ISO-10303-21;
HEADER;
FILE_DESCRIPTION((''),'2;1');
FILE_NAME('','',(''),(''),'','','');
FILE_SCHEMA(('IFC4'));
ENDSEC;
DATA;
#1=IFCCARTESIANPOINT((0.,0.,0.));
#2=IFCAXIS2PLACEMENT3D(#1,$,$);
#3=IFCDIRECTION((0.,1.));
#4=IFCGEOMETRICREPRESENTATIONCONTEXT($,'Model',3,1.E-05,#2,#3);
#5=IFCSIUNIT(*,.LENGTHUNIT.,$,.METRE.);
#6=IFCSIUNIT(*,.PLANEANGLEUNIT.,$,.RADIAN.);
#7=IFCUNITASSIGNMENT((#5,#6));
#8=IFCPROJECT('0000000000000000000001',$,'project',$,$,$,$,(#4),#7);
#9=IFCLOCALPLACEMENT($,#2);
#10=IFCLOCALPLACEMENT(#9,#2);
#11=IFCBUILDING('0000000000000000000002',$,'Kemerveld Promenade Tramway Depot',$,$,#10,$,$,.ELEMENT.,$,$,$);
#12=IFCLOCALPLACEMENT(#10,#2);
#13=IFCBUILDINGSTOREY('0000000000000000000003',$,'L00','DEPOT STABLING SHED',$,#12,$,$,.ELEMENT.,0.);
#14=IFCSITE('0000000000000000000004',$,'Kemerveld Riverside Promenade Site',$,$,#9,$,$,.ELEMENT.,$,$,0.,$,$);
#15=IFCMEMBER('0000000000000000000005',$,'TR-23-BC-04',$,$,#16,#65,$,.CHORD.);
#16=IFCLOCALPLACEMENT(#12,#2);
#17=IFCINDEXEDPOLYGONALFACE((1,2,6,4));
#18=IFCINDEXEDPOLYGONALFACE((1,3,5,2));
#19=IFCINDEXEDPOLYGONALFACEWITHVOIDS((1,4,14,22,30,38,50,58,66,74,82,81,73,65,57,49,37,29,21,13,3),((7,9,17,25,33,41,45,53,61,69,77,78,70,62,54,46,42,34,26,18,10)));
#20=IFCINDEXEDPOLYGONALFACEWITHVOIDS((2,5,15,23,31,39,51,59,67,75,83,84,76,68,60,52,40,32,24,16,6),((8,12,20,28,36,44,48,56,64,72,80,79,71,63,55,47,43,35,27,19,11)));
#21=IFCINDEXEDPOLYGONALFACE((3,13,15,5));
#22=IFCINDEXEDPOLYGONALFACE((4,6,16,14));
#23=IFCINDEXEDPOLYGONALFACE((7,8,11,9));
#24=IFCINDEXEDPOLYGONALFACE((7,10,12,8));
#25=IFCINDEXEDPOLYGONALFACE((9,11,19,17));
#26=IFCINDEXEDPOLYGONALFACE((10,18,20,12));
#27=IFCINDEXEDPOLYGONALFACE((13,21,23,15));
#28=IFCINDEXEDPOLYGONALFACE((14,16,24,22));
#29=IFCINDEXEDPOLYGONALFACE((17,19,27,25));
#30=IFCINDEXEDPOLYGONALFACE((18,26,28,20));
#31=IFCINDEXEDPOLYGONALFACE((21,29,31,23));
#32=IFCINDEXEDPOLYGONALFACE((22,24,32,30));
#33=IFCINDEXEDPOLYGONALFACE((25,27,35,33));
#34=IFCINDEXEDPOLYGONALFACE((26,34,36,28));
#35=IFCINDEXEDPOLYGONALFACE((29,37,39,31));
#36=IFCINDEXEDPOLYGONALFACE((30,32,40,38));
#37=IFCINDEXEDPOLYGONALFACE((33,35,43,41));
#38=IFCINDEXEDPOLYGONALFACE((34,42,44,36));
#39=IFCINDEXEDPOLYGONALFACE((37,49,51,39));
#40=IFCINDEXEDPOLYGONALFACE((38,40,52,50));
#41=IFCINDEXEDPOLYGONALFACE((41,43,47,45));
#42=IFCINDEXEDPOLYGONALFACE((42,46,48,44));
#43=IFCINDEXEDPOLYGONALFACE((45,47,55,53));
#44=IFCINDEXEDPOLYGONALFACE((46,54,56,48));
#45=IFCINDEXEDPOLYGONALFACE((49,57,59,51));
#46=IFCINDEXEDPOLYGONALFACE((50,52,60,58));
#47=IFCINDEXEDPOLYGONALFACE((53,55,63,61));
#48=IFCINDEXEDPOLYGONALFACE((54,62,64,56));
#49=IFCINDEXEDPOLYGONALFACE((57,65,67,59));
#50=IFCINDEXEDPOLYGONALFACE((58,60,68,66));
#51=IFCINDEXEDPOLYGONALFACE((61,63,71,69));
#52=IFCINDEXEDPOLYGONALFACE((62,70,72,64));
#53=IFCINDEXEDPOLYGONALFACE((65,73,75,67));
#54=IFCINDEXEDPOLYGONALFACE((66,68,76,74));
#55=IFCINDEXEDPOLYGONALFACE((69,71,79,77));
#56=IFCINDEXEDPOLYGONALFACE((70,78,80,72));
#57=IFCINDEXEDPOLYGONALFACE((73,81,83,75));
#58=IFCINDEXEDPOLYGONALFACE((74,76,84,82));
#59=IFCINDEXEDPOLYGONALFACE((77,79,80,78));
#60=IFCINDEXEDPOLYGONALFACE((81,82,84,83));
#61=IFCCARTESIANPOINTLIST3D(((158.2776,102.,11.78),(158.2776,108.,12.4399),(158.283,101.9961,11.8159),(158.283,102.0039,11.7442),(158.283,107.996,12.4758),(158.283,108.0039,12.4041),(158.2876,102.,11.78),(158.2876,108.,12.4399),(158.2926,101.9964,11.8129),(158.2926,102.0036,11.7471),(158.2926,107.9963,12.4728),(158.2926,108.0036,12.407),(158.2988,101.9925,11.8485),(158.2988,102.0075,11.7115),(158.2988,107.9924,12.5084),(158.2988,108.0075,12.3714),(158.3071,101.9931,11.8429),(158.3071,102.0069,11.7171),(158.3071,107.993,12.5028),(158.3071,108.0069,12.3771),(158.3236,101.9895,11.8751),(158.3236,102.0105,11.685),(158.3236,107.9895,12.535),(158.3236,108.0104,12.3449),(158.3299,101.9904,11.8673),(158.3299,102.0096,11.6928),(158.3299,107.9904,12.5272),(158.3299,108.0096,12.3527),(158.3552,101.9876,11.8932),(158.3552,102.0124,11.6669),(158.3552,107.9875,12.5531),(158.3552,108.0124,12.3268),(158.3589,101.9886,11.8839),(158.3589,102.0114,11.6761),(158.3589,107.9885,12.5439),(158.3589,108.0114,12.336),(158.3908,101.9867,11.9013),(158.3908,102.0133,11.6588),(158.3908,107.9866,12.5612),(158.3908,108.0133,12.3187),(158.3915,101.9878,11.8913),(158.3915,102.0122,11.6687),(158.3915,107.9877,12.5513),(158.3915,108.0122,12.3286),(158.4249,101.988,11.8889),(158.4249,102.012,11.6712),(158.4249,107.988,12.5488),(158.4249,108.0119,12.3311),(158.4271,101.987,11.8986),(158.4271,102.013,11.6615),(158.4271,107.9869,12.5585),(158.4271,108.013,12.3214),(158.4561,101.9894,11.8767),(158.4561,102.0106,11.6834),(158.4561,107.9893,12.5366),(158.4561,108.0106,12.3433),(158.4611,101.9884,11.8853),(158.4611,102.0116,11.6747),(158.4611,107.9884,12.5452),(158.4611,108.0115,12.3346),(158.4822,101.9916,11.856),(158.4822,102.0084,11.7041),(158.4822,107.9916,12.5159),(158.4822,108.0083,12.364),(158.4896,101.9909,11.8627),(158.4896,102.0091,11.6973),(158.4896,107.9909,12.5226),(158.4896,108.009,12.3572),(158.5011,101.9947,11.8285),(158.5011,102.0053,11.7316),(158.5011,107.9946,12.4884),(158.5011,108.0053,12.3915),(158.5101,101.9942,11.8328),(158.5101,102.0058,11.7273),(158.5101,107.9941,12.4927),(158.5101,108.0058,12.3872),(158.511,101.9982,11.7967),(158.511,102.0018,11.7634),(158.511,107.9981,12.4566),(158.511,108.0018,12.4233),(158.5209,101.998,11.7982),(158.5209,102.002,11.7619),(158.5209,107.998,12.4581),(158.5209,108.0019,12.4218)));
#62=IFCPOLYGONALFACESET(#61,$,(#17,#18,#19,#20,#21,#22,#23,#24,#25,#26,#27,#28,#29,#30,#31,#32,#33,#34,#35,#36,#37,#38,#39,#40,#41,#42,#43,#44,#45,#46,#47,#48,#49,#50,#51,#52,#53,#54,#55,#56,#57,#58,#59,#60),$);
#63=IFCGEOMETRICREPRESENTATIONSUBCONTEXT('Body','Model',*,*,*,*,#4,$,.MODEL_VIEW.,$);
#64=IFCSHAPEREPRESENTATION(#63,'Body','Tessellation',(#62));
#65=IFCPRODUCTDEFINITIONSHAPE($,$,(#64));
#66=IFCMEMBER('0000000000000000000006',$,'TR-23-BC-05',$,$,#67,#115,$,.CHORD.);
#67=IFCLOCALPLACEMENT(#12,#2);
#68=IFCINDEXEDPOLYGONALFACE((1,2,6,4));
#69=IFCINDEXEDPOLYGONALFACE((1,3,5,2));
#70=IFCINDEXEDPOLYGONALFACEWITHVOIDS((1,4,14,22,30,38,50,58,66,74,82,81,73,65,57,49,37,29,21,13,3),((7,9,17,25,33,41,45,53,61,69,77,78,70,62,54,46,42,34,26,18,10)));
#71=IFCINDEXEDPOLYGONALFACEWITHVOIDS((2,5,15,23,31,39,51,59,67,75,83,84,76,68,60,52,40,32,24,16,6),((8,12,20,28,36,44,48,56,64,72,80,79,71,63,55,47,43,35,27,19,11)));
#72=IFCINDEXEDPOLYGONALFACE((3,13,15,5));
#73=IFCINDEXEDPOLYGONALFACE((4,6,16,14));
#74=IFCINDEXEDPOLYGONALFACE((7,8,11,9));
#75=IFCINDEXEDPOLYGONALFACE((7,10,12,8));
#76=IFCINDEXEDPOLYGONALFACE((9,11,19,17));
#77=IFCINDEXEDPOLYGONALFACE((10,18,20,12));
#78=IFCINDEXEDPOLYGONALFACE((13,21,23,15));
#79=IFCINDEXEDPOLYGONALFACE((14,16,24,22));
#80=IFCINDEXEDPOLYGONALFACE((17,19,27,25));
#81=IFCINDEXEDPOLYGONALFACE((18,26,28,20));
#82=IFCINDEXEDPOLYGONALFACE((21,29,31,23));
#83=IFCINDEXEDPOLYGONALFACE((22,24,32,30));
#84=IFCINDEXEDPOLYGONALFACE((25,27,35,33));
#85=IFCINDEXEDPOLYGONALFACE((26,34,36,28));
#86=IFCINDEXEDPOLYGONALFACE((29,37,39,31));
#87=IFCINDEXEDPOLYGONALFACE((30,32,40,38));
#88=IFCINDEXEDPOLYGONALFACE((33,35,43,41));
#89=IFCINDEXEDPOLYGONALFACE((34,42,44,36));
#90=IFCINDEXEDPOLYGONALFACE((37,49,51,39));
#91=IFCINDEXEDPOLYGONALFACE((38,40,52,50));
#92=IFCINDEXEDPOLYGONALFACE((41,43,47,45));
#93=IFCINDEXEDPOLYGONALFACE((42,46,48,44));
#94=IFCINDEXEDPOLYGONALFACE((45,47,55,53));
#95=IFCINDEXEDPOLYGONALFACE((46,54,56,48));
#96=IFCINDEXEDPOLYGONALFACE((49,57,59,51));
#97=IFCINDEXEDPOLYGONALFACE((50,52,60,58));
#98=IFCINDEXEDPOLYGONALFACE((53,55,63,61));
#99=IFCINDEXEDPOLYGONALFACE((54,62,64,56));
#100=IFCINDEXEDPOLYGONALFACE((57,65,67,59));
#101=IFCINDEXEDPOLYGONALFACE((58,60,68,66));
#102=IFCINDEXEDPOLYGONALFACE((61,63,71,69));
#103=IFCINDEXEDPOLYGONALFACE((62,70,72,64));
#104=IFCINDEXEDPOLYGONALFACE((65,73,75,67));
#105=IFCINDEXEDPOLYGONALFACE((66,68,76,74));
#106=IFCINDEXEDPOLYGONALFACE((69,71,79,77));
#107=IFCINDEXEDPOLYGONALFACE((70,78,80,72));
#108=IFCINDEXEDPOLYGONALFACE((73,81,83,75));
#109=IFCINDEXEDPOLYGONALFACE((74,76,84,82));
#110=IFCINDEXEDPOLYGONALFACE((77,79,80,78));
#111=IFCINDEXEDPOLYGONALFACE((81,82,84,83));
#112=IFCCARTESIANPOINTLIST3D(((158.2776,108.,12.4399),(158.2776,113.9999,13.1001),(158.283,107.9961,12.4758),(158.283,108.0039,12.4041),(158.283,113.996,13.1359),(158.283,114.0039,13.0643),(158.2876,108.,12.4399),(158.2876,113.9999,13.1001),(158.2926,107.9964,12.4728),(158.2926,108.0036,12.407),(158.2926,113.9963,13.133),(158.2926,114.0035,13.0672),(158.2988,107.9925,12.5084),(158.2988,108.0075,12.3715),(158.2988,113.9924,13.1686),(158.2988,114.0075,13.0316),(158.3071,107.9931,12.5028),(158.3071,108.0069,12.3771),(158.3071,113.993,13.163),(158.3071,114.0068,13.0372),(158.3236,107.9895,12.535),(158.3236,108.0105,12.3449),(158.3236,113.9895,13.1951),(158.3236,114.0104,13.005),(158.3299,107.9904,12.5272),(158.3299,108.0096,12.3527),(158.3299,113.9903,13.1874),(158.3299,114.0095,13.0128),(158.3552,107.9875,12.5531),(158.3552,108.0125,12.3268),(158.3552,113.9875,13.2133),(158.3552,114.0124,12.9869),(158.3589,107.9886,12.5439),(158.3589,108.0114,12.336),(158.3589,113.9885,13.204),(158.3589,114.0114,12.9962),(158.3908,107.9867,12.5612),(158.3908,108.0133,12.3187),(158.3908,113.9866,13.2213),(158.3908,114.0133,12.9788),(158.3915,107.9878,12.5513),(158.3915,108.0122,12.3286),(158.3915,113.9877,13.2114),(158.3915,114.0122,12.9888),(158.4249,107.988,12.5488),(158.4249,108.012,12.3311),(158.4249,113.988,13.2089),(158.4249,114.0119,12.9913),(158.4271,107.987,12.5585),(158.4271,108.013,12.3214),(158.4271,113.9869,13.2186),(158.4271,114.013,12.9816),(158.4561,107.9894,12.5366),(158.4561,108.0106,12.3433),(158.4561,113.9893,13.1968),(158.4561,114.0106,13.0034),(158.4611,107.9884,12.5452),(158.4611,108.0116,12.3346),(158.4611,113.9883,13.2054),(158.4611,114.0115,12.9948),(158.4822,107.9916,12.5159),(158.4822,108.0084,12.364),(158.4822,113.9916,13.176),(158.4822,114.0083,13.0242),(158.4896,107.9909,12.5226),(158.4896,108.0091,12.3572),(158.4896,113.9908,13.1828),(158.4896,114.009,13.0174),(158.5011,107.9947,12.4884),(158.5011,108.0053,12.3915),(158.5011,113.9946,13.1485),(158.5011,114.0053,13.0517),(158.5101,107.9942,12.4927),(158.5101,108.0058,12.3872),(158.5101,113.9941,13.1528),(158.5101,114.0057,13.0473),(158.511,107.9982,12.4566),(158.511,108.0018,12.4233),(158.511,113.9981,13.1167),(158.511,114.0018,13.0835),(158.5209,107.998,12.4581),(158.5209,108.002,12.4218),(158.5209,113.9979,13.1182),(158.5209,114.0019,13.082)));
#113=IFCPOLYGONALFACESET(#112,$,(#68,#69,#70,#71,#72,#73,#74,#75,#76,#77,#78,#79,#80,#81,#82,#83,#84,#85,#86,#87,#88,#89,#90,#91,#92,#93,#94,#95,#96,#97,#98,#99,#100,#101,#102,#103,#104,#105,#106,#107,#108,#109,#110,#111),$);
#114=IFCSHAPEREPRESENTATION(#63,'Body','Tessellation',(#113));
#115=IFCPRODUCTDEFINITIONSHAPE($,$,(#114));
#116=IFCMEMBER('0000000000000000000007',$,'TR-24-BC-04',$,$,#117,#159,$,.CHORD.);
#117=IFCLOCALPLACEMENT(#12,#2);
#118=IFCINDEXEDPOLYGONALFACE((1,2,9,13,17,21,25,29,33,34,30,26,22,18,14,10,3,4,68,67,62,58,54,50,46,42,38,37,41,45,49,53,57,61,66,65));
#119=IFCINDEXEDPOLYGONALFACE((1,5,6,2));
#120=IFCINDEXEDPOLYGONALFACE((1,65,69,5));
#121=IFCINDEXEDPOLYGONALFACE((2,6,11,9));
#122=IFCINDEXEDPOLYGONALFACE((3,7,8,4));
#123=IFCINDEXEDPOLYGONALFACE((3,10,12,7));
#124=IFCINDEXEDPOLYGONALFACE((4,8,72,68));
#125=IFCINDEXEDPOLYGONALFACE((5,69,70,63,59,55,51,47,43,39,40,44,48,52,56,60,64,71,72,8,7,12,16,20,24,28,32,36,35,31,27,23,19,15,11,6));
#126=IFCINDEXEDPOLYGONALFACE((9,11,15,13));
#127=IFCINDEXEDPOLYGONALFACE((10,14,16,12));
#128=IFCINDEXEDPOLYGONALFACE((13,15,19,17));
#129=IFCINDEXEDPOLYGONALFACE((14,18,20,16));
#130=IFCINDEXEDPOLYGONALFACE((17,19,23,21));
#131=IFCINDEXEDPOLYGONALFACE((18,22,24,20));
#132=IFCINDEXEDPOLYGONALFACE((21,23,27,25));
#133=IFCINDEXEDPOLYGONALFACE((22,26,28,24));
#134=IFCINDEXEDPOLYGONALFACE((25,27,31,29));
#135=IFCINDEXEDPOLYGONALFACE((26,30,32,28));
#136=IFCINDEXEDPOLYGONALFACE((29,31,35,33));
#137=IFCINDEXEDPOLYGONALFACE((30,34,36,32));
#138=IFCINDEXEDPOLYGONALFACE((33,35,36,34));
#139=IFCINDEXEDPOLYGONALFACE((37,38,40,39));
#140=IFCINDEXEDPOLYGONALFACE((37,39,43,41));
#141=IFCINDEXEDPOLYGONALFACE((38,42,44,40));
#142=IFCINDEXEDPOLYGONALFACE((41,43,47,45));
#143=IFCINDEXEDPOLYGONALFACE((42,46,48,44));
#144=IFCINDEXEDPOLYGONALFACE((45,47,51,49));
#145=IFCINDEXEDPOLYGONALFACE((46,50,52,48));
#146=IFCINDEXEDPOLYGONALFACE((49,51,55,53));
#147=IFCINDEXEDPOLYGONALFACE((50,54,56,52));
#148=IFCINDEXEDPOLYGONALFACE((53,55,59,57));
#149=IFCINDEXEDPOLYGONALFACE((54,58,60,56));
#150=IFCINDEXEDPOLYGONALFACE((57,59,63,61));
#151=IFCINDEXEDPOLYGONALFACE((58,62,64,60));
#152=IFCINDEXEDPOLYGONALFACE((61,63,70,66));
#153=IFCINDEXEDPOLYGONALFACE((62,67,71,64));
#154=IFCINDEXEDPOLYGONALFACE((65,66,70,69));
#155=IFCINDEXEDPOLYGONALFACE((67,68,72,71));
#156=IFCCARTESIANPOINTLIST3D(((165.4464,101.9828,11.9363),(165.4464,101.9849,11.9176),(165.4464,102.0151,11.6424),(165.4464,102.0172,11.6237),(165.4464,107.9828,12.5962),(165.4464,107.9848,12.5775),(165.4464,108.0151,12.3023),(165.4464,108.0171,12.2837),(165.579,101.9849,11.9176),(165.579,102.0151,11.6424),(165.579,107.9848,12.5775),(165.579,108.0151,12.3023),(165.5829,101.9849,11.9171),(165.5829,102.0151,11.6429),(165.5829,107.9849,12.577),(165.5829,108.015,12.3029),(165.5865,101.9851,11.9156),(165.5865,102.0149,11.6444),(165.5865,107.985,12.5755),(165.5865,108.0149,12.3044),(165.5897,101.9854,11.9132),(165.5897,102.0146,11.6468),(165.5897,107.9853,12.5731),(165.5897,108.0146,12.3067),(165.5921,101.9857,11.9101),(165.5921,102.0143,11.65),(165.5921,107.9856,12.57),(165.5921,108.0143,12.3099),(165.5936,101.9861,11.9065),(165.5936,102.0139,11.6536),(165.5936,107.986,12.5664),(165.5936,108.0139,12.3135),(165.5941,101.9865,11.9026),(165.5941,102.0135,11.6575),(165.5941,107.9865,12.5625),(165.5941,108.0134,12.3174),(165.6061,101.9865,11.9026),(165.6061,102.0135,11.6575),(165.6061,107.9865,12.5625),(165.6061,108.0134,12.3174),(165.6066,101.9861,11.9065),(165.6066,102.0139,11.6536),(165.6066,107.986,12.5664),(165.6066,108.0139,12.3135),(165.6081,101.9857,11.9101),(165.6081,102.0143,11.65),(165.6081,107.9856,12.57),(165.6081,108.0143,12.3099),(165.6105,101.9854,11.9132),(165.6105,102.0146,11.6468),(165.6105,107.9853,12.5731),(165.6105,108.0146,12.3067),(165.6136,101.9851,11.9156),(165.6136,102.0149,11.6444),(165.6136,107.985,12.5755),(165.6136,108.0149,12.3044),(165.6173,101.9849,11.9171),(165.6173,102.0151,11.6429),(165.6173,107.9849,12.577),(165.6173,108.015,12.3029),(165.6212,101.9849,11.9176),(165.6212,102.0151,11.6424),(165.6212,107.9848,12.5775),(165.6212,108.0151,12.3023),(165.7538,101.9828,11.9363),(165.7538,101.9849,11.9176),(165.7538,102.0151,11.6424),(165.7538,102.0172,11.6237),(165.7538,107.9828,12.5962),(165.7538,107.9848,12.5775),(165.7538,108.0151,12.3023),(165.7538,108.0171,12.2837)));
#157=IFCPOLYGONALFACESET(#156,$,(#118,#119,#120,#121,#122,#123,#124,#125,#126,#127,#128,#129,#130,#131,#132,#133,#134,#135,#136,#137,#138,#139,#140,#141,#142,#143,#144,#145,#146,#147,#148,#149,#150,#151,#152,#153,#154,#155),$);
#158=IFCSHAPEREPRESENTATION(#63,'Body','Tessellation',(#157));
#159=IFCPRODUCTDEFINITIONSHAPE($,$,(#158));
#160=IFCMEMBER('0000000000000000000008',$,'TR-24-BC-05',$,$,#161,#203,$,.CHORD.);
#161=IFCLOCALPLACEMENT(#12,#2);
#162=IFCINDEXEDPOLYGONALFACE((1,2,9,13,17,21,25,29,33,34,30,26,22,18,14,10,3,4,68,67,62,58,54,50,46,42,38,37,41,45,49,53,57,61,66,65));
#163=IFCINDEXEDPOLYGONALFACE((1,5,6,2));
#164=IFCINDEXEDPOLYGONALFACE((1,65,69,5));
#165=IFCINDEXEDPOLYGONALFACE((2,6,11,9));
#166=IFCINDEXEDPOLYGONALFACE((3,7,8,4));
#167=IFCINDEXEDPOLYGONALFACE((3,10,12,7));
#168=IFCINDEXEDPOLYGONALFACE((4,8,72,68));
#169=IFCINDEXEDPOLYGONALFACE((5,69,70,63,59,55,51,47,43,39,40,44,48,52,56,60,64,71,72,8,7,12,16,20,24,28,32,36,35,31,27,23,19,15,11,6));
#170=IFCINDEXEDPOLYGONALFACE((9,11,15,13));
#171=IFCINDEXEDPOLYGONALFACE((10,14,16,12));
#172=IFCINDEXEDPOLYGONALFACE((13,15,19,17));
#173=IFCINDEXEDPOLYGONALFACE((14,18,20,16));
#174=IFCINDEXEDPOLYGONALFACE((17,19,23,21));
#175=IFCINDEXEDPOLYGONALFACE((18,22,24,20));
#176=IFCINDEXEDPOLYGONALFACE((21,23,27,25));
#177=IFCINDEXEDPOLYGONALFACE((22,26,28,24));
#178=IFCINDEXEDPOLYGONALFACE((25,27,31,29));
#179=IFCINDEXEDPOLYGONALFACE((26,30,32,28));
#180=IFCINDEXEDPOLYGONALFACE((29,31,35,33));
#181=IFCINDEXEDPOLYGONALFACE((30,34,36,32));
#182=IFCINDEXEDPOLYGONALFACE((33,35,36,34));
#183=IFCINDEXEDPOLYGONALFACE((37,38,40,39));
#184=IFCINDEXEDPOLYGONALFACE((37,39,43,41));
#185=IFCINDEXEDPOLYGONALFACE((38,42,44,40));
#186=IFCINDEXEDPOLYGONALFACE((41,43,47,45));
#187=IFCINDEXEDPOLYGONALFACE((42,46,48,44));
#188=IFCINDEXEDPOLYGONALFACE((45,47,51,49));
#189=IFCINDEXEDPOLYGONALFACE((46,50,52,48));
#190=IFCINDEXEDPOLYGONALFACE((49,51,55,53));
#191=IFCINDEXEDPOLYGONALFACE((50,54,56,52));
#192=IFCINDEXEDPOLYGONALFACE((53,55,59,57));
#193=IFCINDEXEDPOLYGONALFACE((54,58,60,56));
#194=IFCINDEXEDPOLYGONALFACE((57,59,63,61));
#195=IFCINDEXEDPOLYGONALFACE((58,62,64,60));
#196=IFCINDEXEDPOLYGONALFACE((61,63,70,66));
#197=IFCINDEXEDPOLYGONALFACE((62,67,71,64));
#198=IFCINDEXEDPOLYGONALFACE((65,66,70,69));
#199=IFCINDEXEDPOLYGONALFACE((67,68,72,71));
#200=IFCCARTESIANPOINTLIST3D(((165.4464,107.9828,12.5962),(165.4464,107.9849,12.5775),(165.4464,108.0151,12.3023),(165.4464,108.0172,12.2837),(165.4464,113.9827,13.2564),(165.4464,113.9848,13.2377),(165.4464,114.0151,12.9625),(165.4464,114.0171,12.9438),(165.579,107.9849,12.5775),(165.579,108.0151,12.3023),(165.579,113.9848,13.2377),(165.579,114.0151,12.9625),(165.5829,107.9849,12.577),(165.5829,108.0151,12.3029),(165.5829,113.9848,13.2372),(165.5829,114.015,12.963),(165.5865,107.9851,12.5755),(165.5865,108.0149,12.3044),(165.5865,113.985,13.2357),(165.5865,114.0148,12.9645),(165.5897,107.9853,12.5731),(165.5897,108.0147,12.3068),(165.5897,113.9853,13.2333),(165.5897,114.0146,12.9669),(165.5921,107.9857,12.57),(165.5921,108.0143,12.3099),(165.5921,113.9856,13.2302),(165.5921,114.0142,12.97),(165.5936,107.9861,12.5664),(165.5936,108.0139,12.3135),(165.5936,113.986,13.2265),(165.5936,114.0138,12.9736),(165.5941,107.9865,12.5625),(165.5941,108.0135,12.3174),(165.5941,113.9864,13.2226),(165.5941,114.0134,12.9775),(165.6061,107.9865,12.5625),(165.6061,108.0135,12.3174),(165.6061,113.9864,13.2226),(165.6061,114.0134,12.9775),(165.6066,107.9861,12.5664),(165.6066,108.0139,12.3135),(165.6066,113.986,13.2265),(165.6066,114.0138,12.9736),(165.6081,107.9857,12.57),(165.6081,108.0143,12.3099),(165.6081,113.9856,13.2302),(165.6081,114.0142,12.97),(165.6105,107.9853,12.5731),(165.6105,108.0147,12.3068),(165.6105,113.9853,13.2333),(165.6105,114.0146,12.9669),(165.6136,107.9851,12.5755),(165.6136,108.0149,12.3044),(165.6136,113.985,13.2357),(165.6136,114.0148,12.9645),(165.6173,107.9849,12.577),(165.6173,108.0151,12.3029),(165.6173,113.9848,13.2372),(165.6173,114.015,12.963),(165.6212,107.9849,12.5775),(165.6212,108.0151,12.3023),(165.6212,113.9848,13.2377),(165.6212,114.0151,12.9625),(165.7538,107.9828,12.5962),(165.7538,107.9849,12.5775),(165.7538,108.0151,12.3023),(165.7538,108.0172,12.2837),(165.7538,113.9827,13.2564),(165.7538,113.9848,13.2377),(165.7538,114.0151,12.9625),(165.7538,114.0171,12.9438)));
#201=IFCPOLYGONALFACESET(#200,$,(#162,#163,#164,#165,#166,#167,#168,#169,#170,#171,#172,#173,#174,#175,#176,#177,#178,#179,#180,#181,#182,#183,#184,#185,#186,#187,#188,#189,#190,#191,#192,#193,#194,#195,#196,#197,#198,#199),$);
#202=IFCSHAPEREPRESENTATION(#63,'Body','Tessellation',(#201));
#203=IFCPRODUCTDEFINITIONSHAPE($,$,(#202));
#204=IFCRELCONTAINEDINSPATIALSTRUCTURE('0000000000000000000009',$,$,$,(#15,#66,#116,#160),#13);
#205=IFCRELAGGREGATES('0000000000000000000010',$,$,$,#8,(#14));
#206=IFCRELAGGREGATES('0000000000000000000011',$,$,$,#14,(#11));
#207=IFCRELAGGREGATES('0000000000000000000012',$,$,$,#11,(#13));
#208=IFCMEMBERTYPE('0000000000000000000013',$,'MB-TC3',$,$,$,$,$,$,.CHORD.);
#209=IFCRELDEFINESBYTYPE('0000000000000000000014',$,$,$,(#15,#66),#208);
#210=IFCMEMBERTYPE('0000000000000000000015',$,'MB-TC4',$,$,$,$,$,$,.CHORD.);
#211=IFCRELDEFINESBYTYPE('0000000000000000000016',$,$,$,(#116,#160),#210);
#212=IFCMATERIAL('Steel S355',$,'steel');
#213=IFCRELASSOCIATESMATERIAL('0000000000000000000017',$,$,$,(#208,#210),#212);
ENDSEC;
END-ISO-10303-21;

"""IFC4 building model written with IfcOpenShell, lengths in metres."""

from ifc_helpers import new_model, si_unit, direction, frame, origin, origin_2d, place, context, subcontext, project, spatial, hollow_circle, i_section, extrude, material, material_profile, profile_set, type_object, element, save


model = new_model("IFC4")

# Units and contexts
model_context = context("Model", 3, precision=1e-05, world=origin(), true_north=direction((0.0, 1.0)))
body_context = subcontext(model_context, "Body", "Model", "MODEL_VIEW")
ifc_project = project(units=[si_unit("LENGTHUNIT", "METRE"), si_unit("PLANEANGLEUNIT", "RADIAN")], contexts=[model_context])

# Site, building, storey
site_placement = place(None, origin())
site = spatial("IfcSite", under=ifc_project, at=site_placement, Name="Kemerveld Riverside Promenade Site", CompositionType="ELEMENT", RefElevation=0.0)
building_placement = place(site_placement, origin())
building = spatial("IfcBuilding", under=site, at=building_placement, Name="Kemerveld Promenade Tramway Depot", CompositionType="ELEMENT")
storey_placement = place(building_placement, origin())
storey = spatial("IfcBuildingStorey", under=building, at=storey_placement, Name="L00", Description="DEPOT STABLING SHED", CompositionType="ELEMENT", Elevation=0.0)

# Members
ifc_material_1 = material(Name="Steel S355", Category="steel")
ifc_material_profile_1 = material_profile(ifc_material_1, hollow_circle(Radius=0.1223, WallThickness=0.01, at=origin_2d()), Name="244.5x10.0 CHS")
ifc_profile_set_1 = profile_set([ifc_material_profile_1], Name="Steel S355")
member_type_1 = type_object("IfcMemberType", Name="MB-TC3", PredefinedType="CHORD", material=ifc_profile_set_1)
for number, where, z_axis, x_axis, name in (
    (1, (158.3999, 102.0, 11.78), (0.0, 0.994006, 0.109326), (-1.0, 0.0, 0.0), "TR-23-BC-04"),
    (2, (158.3999, 108.0, 12.4399), (0.0, 0.994002, 0.109366), (-1.0, 0.0, 0.0), "TR-23-BC-05"),
):
    element("IfcMember", number, at=place(storey_placement, frame(where, z_axis=z_axis, x_axis=x_axis)), inside=storey, type_object=member_type_1, Name=name, PredefinedType="CHORD", context=body_context, shape_type="SweptSolid", body=[
        extrude(hollow_circle(Radius=0.1223, WallThickness=0.01, at=origin_2d()), origin(), (0.0, 0.0, 1.0), 6.0361),
    ])
ifc_material_profile_2 = material_profile(ifc_material_1, i_section(OverallWidth=0.3074, OverallDepth=0.3145, WebThickness=0.012, FlangeThickness=0.0188, FilletRadius=0.0151, at=origin_2d()), Name="305x305x118 UC")
ifc_profile_set_2 = profile_set([ifc_material_profile_2], Name="Steel S355")
member_type_2 = type_object("IfcMemberType", Name="MB-TC4", PredefinedType="CHORD", material=ifc_profile_set_2)
for number, where, z_axis, x_axis, name in (
    (3, (165.6001, 102.0, 11.78), (0.0, 0.994006, 0.109326), (-1.0, 0.0, 0.0), "TR-24-BC-04"),
    (4, (165.6001, 108.0, 12.4399), (0.0, 0.994002, 0.109366), (-1.0, 0.0, 0.0), "TR-24-BC-05"),
):
    element("IfcMember", number, at=place(storey_placement, frame(where, z_axis=z_axis, x_axis=x_axis)), inside=storey, type_object=member_type_2, Name=name, PredefinedType="CHORD", context=body_context, shape_type="SweptSolid", body=[
        extrude(i_section(OverallWidth=0.3074, OverallDepth=0.3145, WebThickness=0.012, FlangeThickness=0.0188, FilletRadius=0.0151, at=origin_2d()), origin(), (0.0, 0.0, 1.0), 6.0361),
    ])

save(model, "model.ifc")
